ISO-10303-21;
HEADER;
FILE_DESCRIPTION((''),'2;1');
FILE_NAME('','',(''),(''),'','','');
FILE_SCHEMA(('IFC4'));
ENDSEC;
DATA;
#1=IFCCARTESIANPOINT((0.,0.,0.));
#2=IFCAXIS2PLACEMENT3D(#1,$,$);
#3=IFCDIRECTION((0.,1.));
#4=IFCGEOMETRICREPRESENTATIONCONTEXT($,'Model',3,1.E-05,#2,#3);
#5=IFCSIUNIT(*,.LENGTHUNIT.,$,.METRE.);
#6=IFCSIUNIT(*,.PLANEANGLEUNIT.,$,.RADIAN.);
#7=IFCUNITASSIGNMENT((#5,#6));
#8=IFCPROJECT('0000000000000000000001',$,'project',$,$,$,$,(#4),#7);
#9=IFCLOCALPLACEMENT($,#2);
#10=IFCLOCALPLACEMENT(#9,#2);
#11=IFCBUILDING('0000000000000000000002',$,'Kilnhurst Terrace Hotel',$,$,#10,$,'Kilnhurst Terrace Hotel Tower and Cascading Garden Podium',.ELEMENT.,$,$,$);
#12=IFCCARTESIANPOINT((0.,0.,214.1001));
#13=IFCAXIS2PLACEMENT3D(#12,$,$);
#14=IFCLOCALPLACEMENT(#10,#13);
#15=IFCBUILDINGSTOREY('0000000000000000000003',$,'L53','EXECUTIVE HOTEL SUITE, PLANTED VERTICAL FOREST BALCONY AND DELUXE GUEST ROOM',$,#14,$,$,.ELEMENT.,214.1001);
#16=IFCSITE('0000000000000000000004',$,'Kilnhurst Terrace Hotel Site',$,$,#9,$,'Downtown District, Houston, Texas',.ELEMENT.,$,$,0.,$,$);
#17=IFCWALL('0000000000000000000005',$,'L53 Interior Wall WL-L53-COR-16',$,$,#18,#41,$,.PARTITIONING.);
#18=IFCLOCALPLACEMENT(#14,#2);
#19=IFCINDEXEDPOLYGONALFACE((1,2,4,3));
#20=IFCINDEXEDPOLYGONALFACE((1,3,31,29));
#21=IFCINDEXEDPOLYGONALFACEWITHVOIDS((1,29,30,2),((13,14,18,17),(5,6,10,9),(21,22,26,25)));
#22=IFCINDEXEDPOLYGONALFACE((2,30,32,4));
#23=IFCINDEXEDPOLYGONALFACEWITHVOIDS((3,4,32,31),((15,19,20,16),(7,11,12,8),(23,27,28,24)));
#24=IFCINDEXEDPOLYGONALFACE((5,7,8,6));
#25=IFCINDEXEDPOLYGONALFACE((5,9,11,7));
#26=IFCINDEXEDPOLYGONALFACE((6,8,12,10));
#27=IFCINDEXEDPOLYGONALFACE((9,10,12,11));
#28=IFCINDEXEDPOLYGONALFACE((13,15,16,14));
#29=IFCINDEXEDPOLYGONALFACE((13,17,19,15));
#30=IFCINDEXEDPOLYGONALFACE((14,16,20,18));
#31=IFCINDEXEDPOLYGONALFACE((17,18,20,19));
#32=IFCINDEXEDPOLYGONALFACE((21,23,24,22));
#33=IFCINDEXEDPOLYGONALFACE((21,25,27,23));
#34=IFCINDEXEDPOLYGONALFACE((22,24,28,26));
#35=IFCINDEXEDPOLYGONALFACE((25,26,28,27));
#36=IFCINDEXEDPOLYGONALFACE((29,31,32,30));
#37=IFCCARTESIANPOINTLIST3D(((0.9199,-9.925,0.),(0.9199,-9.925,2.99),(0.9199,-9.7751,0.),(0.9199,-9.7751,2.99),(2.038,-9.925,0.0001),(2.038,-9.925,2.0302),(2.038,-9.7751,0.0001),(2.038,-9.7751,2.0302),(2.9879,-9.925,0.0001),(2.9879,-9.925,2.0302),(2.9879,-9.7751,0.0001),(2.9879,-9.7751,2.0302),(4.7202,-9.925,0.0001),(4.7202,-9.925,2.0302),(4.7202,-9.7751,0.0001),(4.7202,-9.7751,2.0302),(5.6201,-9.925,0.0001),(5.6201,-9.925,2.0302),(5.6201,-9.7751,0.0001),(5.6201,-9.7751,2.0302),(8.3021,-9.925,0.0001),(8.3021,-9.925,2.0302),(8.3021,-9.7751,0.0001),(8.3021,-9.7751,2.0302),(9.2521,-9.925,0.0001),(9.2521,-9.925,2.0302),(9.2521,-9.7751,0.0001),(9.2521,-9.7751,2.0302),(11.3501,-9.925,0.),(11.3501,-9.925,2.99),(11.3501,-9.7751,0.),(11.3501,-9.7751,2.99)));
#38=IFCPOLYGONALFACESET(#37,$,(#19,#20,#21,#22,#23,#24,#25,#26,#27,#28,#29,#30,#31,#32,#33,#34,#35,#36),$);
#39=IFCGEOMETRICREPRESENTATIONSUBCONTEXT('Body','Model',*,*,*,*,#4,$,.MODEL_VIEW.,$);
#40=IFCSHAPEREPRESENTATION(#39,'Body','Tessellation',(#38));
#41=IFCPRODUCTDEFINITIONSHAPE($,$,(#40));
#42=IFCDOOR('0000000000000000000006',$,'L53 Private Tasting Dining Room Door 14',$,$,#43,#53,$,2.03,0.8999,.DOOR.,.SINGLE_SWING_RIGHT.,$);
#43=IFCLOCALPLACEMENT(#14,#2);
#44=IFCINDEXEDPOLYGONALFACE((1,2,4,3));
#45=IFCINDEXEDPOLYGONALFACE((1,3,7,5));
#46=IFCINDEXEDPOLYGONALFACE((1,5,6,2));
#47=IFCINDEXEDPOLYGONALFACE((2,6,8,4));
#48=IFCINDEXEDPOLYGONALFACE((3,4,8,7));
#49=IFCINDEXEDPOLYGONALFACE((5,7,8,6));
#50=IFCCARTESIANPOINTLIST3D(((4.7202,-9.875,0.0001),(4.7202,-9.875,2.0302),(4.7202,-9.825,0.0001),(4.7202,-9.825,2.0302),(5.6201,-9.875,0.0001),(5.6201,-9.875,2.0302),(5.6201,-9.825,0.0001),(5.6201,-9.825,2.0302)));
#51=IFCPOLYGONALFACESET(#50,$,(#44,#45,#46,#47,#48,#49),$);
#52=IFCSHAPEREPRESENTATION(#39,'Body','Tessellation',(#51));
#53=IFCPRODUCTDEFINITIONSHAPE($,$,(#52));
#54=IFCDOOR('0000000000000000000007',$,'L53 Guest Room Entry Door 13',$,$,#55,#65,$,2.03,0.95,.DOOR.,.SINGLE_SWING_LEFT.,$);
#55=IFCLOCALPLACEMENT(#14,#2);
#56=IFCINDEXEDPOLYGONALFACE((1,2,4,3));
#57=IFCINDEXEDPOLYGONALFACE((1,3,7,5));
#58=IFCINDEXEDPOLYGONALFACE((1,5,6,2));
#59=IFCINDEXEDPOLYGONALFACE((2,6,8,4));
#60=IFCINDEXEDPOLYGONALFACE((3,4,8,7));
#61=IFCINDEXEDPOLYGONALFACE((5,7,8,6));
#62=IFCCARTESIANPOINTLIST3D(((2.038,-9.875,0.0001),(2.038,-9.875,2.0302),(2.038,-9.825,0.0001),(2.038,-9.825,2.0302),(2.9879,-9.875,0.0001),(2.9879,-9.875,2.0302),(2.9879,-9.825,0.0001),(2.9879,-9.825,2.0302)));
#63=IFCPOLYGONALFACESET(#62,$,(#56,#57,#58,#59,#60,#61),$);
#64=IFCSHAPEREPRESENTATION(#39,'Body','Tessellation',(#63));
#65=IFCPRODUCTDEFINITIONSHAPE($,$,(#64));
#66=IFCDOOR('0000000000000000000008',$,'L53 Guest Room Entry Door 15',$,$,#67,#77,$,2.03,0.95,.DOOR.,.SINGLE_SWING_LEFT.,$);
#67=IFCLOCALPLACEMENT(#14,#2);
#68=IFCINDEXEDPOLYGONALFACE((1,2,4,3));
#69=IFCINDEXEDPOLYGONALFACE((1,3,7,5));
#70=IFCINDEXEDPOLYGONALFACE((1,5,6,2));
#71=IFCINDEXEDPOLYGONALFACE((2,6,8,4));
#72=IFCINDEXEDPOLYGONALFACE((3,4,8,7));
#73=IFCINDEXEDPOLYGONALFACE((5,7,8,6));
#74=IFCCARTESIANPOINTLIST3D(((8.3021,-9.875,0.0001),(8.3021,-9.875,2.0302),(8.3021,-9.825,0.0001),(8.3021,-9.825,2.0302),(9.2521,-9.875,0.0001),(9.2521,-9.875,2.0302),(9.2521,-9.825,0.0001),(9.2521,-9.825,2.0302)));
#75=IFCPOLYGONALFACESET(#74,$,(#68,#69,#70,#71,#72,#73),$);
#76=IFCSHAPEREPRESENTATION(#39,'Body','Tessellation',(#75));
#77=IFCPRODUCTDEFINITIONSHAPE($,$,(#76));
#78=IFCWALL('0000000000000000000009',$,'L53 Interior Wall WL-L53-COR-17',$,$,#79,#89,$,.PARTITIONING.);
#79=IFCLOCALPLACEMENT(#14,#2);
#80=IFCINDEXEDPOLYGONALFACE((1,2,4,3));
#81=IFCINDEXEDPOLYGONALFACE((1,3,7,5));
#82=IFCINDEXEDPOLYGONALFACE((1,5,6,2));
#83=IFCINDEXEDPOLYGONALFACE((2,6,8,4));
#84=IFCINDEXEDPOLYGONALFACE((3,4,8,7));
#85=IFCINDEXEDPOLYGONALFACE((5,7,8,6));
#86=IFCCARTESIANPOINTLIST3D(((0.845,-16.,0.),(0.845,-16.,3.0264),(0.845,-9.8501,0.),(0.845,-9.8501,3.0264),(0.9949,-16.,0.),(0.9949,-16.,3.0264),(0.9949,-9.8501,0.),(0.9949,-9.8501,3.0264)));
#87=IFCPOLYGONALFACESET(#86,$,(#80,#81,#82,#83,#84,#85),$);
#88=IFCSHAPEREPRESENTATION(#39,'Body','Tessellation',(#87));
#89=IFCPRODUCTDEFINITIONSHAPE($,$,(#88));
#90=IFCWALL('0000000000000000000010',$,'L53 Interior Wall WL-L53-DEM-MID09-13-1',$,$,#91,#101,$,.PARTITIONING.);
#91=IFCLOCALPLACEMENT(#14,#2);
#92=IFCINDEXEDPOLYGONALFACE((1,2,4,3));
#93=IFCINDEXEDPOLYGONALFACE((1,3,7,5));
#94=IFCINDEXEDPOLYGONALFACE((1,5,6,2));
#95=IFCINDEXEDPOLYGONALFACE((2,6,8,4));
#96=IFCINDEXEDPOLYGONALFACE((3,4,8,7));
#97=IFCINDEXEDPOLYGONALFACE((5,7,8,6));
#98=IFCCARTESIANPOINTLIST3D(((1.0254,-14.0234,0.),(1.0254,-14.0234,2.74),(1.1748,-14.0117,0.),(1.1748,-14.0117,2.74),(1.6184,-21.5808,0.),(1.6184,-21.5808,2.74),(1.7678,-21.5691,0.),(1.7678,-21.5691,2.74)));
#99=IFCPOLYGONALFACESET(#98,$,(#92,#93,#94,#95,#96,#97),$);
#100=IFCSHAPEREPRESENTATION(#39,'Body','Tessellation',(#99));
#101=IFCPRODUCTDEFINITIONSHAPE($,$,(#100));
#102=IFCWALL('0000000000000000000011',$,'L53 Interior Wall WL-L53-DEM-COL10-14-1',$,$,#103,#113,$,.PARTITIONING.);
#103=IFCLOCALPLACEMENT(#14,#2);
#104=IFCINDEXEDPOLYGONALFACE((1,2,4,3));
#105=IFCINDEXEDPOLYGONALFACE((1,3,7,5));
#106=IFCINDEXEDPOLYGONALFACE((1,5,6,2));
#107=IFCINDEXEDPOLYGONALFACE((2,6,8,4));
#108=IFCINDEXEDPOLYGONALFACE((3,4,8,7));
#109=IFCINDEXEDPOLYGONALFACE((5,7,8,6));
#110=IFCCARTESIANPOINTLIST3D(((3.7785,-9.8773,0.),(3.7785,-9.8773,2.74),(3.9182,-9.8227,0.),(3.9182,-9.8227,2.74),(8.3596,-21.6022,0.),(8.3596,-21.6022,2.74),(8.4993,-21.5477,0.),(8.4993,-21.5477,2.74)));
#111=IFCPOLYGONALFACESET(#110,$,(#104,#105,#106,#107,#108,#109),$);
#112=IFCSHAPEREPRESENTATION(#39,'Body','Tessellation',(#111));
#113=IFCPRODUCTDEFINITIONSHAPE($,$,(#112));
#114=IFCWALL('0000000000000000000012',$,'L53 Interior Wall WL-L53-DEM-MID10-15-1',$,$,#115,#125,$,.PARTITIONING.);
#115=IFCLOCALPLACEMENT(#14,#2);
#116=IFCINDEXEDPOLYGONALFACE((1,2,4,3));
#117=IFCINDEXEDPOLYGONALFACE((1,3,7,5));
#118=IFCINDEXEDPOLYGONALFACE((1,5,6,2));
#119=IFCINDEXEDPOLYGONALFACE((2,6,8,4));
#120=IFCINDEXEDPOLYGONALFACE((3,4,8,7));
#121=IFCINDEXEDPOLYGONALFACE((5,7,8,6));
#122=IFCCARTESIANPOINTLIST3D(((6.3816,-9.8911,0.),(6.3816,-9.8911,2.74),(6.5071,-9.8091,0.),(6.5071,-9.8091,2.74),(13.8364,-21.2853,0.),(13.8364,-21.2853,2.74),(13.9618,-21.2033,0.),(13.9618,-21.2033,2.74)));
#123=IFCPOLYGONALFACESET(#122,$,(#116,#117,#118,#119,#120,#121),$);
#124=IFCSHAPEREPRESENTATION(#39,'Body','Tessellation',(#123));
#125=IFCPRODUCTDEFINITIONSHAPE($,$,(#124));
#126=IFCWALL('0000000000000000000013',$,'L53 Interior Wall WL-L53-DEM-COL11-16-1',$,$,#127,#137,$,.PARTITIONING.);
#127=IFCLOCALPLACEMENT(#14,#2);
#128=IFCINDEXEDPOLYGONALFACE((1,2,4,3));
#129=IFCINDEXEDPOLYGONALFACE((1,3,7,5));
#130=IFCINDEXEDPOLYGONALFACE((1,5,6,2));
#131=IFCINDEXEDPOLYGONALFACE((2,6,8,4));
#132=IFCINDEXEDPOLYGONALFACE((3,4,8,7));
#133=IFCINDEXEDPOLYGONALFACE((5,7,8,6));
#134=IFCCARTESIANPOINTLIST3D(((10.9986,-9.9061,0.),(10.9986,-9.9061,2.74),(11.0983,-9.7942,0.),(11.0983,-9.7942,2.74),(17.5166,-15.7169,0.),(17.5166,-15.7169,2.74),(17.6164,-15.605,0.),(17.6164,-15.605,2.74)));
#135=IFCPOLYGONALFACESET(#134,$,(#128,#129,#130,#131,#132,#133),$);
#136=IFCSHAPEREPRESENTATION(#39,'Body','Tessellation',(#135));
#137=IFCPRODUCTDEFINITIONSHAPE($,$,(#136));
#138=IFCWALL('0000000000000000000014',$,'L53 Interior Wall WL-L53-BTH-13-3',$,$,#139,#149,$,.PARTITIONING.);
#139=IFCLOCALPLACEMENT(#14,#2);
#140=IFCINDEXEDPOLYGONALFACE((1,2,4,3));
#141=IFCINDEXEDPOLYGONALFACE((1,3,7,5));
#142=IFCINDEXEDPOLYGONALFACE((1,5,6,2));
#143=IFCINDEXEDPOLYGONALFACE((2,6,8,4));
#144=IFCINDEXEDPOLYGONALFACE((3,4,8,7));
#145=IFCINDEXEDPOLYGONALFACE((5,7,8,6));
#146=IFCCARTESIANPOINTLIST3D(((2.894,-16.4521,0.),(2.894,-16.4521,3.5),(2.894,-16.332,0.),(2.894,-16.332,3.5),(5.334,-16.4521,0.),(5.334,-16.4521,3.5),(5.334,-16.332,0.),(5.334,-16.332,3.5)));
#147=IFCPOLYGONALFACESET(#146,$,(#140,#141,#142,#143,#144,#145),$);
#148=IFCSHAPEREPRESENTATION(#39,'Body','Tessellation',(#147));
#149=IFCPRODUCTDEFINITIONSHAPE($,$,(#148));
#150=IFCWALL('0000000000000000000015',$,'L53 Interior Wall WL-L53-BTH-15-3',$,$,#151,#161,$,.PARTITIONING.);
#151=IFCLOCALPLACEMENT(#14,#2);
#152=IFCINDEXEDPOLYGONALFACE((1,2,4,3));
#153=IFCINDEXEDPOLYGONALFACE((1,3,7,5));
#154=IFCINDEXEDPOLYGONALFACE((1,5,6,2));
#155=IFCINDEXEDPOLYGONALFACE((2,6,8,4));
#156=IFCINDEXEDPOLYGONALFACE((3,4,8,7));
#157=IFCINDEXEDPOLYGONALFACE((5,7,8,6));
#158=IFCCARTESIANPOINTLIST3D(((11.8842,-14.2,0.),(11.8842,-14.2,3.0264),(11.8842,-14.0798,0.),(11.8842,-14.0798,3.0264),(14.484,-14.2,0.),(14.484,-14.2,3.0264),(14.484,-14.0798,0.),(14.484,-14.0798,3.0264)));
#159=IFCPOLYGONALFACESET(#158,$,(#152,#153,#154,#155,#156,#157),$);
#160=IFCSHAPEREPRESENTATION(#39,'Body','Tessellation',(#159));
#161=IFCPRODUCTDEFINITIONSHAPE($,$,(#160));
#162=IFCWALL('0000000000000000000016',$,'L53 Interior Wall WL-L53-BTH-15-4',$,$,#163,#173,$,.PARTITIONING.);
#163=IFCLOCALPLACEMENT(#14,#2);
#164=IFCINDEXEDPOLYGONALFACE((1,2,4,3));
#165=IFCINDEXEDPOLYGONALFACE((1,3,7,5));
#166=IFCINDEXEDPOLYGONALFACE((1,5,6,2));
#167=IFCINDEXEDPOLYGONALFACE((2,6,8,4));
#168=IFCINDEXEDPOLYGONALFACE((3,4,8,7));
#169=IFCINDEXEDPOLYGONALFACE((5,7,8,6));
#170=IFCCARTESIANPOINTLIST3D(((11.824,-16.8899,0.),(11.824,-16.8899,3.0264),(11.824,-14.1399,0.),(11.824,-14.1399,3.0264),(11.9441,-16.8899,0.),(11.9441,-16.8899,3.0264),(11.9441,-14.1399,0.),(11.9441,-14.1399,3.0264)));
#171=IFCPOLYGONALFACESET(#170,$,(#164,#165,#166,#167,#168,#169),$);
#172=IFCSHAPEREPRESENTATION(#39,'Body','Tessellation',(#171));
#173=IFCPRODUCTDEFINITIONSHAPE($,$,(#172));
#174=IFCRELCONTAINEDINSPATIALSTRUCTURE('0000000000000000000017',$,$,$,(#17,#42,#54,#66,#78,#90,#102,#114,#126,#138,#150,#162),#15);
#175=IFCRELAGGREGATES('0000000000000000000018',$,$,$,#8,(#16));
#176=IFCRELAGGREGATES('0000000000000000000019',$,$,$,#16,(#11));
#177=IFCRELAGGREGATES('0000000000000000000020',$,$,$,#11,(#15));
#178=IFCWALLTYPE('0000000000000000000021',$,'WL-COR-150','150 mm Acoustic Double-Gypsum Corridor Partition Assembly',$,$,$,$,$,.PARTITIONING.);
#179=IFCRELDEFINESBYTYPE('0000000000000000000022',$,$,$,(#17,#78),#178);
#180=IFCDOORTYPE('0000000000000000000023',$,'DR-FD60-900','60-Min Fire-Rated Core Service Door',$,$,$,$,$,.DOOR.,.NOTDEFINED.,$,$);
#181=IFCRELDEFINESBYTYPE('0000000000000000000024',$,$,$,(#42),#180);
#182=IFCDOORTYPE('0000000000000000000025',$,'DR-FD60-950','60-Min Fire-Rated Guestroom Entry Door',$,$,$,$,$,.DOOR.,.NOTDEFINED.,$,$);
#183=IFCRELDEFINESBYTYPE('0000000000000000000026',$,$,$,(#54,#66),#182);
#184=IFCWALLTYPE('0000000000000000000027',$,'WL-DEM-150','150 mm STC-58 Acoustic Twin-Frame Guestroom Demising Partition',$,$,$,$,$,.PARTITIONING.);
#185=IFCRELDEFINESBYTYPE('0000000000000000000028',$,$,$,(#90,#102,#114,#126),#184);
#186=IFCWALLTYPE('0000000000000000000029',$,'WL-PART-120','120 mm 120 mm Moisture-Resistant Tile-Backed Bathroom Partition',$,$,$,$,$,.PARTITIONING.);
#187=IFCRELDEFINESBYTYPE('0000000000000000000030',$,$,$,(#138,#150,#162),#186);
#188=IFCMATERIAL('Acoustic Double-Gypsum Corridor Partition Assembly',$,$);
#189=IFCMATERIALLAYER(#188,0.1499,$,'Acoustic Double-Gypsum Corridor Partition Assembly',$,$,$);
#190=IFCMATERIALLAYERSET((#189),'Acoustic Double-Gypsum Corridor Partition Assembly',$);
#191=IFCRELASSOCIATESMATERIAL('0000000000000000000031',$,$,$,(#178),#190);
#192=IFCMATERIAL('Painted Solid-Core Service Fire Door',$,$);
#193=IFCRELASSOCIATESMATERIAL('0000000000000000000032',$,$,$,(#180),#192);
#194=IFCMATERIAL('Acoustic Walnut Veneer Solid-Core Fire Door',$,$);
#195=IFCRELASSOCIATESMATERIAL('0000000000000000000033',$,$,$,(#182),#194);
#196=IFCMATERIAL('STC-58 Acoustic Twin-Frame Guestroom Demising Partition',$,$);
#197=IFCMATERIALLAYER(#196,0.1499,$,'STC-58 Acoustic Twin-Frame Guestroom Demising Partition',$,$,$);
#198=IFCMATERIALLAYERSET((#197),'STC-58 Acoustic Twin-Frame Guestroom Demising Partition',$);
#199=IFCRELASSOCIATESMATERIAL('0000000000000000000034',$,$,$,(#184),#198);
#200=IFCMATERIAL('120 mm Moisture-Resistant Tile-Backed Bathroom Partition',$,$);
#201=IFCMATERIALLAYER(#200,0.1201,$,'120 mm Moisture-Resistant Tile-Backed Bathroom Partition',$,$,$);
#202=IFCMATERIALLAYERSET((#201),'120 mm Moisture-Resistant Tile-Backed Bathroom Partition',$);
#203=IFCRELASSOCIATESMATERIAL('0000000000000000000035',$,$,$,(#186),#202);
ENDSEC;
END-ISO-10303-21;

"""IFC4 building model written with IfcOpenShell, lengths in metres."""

from ifc_helpers import new_model, si_unit, direction, frame, frame_2d, origin, place, context, subcontext, project, spatial, rectangle, extrude, material, layer, layer_set, type_object, element, fill, save


model = new_model("IFC4")

# Units and contexts
model_context = context("Model", 3, precision=1e-05, world=origin(), true_north=direction((0.0, 1.0)))
body_context = subcontext(model_context, "Body", "Model", "MODEL_VIEW")
ifc_project = project(units=[si_unit("LENGTHUNIT", "METRE"), si_unit("PLANEANGLEUNIT", "RADIAN")], contexts=[model_context])

# Site, building, storey
site_placement = place(None, origin())
site = spatial("IfcSite", under=ifc_project, at=site_placement, Name="Kilnhurst Terrace Hotel Site", LongName="Downtown District, Houston, Texas", CompositionType="ELEMENT", RefElevation=0.0)
building_placement = place(site_placement, origin())
building = spatial("IfcBuilding", under=site, at=building_placement, Name="Kilnhurst Terrace Hotel", LongName="Kilnhurst Terrace Hotel Tower and Cascading Garden Podium", CompositionType="ELEMENT")
storey_placement = place(building_placement, frame((0.0, 0.0, 214.1001)))
storey = spatial("IfcBuildingStorey", under=building, at=storey_placement, Name="L53", Description="EXECUTIVE HOTEL SUITE, PLANTED VERTICAL FOREST BALCONY AND DELUXE GUEST ROOM", CompositionType="ELEMENT", Elevation=214.1001)

# Wall, openings, doors
ifc_material_1 = material(Name="Acoustic Double-Gypsum Corridor Partition Assembly")
ifc_layer_1 = layer(ifc_material_1, 0.1499, Name="Acoustic Double-Gypsum Corridor Partition Assembly")
ifc_layer_set_1 = layer_set([ifc_layer_1], Name="Acoustic Double-Gypsum Corridor Partition Assembly")
wall_type_1 = type_object("IfcWallType", Name="WL-COR-150", Description="150 mm Acoustic Double-Gypsum Corridor Partition Assembly", PredefinedType="PARTITIONING", material=ifc_layer_set_1)
wall_1_placement = place(storey_placement, frame((11.3501, -9.8501, 0.0), z_axis=(0.0, 0.0, 1.0), x_axis=(-1.0, 0.0, 0.0)))
wall_1 = element("IfcWall", 1, at=wall_1_placement, inside=storey, type_object=wall_type_1, Name="L53 Interior Wall WL-L53-COR-16", PredefinedType="PARTITIONING", context=body_context, shape_type="SweptSolid", body=[
    extrude(rectangle(XDim=10.4302, YDim=0.1499, at=frame_2d((5.2151, 0.0))), origin(), (0.0, 0.0, 1.0), 2.99),
])
opening_1_placement = place(wall_1_placement, frame((8.3621, 0.0, 0.0)))
opening_1 = element("IfcOpeningElement", 2, at=opening_1_placement, cuts=wall_1, PredefinedType="OPENING", context=body_context, shape_type="SweptSolid", body=[
    extrude(rectangle(XDim=0.95, YDim=2.03, at=frame_2d((0.4751, 1.0151))), frame((0.0, 0.085, 0.0), z_axis=(0.0, -1.0, 0.0), x_axis=(1.0, 0.0, 0.0)), (0.0, 0.0, 1.0), 0.1699),
])
opening_2_placement = place(wall_1_placement, frame((5.73, 0.0, 0.0)))
opening_2 = element("IfcOpeningElement", 3, at=opening_2_placement, cuts=wall_1, PredefinedType="OPENING", context=body_context, shape_type="SweptSolid", body=[
    extrude(rectangle(XDim=0.8999, YDim=2.03, at=frame_2d((0.45, 1.0151))), frame((0.0, 0.085, 0.0), z_axis=(0.0, -1.0, 0.0), x_axis=(1.0, 0.0, 0.0)), (0.0, 0.0, 1.0), 0.1699),
])
opening_3_placement = place(wall_1_placement, frame((2.0979, 0.0, 0.0)))
opening_3 = element("IfcOpeningElement", 4, at=opening_3_placement, cuts=wall_1, PredefinedType="OPENING", context=body_context, shape_type="SweptSolid", body=[
    extrude(rectangle(XDim=0.95, YDim=2.03, at=frame_2d((0.4751, 1.0151))), frame((0.0, 0.085, 0.0), z_axis=(0.0, -1.0, 0.0), x_axis=(1.0, 0.0, 0.0)), (0.0, 0.0, 1.0), 0.1699),
])
ifc_material_2 = material(Name="Painted Solid-Core Service Fire Door")
door_type_1 = type_object("IfcDoorType", Name="DR-FD60-900", Description="60-Min Fire-Rated Core Service Door", OperationType="NOTDEFINED", PredefinedType="DOOR", material=ifc_material_2)
door_1_placement = place(opening_2_placement, origin())
door_1 = element("IfcDoor", 5, at=door_1_placement, inside=storey, type_object=door_type_1, Name="L53 Private Tasting Dining Room Door 14", OperationType="SINGLE_SWING_RIGHT", OverallHeight=2.03, OverallWidth=0.8999, PredefinedType="DOOR", context=body_context, shape_type="SweptSolid", body=[
    extrude(rectangle(XDim=0.8999, YDim=2.03, at=frame_2d((0.45, 1.0151))), frame((0.0, 0.0249, 0.0), z_axis=(0.0, -1.0, 0.0), x_axis=(1.0, 0.0, 0.0)), (0.0, 0.0, 1.0), 0.05),
])
fill(opening_2, door_1)
ifc_material_3 = material(Name="Acoustic Walnut Veneer Solid-Core Fire Door")
door_type_2 = type_object("IfcDoorType", Name="DR-FD60-950", Description="60-Min Fire-Rated Guestroom Entry Door", OperationType="NOTDEFINED", PredefinedType="DOOR", material=ifc_material_3)
door_2_placement = place(opening_1_placement, origin())
door_2 = element("IfcDoor", 6, at=door_2_placement, inside=storey, type_object=door_type_2, Name="L53 Guest Room Entry Door 13", OperationType="SINGLE_SWING_LEFT", OverallHeight=2.03, OverallWidth=0.95, PredefinedType="DOOR", context=body_context, shape_type="SweptSolid", body=[
    extrude(rectangle(XDim=0.95, YDim=2.03, at=frame_2d((0.4751, 1.0151))), frame((0.0, 0.0249, 0.0), z_axis=(0.0, -1.0, 0.0), x_axis=(1.0, 0.0, 0.0)), (0.0, 0.0, 1.0), 0.05),
])
fill(opening_1, door_2)
door_3_placement = place(opening_3_placement, origin())
door_3 = element("IfcDoor", 7, at=door_3_placement, inside=storey, type_object=door_type_2, Name="L53 Guest Room Entry Door 15", OperationType="SINGLE_SWING_LEFT", OverallHeight=2.03, OverallWidth=0.95, PredefinedType="DOOR", context=body_context, shape_type="SweptSolid", body=[
    extrude(rectangle(XDim=0.95, YDim=2.03, at=frame_2d((0.4751, 1.0151))), frame((0.0, 0.0249, 0.0), z_axis=(0.0, -1.0, 0.0), x_axis=(1.0, 0.0, 0.0)), (0.0, 0.0, 1.0), 0.05),
])
fill(opening_3, door_3)

# Walls
wall_2_placement = place(storey_placement, frame((0.9199, -9.8501, 0.0), z_axis=(0.0, 0.0, 1.0), x_axis=(0.0, -1.0, 0.0)))
element("IfcWall", 8, at=wall_2_placement, inside=storey, type_object=wall_type_1, Name="L53 Interior Wall WL-L53-COR-17", PredefinedType="PARTITIONING", context=body_context, shape_type="SweptSolid", body=[
    extrude(rectangle(XDim=6.1499, YDim=0.1499, at=frame_2d((3.075, 0.0))), origin(), (0.0, 0.0, 1.0), 3.0264),
])
ifc_material_4 = material(Name="STC-58 Acoustic Twin-Frame Guestroom Demising Partition")
ifc_layer_2 = layer(ifc_material_4, 0.1499, Name="STC-58 Acoustic Twin-Frame Guestroom Demising Partition")
ifc_layer_set_2 = layer_set([ifc_layer_2], Name="STC-58 Acoustic Twin-Frame Guestroom Demising Partition")
wall_type_2 = type_object("IfcWallType", Name="WL-DEM-150", Description="150 mm STC-58 Acoustic Twin-Frame Guestroom Demising Partition", PredefinedType="PARTITIONING", material=ifc_layer_set_2)
wall_3_placement = place(storey_placement, frame((1.1001, -14.0176, 0.0), z_axis=(0.0, 0.0, 1.0), x_axis=(0.078228, -0.996935, 0.0)))
element("IfcWall", 9, at=wall_3_placement, inside=storey, type_object=wall_type_2, Name="L53 Interior Wall WL-L53-DEM-MID09-13-1", PredefinedType="PARTITIONING", context=body_context, shape_type="SweptSolid", body=[
    extrude(rectangle(XDim=7.5806, YDim=0.1499, at=frame_2d((3.7903, 0.0))), origin(), (0.0, 0.0, 1.0), 2.74),
])
wall_4_placement = place(storey_placement, frame((3.8484, -9.8501, 0.0), z_axis=(0.0, 0.0, 1.0), x_axis=(0.363922, -0.93143, 0.0)))
element("IfcWall", 10, at=wall_4_placement, inside=storey, type_object=wall_type_2, Name="L53 Interior Wall WL-L53-DEM-COL10-14-1", PredefinedType="PARTITIONING", context=body_context, shape_type="SweptSolid", body=[
    extrude(rectangle(XDim=12.5881, YDim=0.1499, at=frame_2d((6.2939, 0.0))), origin(), (0.0, 0.0, 1.0), 2.74),
])
wall_5_placement = place(storey_placement, frame((6.4443, -9.8501, 0.0), z_axis=(0.0, 0.0, 1.0), x_axis=(0.547492, -0.836811, 0.0)))
element("IfcWall", 11, at=wall_5_placement, inside=storey, type_object=wall_type_2, Name="L53 Interior Wall WL-L53-DEM-MID10-15-1", PredefinedType="PARTITIONING", context=body_context, shape_type="SweptSolid", body=[
    extrude(rectangle(XDim=13.6162, YDim=0.1499, at=frame_2d((6.8081, 0.0))), origin(), (0.0, 0.0, 1.0), 2.74),
])
wall_6_placement = place(storey_placement, frame((11.0483, -9.8501, 0.0), z_axis=(0.0, 0.0, 1.0), x_axis=(0.746444, -0.665448, 0.0)))
element("IfcWall", 12, at=wall_6_placement, inside=storey, type_object=wall_type_2, Name="L53 Interior Wall WL-L53-DEM-COL11-16-1", PredefinedType="PARTITIONING", context=body_context, shape_type="SweptSolid", body=[
    extrude(rectangle(XDim=8.7322, YDim=0.1499, at=frame_2d((4.3662, 0.0))), origin(), (0.0, 0.0, 1.0), 2.74),
])
ifc_material_5 = material(Name="120 mm Moisture-Resistant Tile-Backed Bathroom Partition")
ifc_layer_3 = layer(ifc_material_5, 0.1201, Name="120 mm Moisture-Resistant Tile-Backed Bathroom Partition")
ifc_layer_set_3 = layer_set([ifc_layer_3], Name="120 mm Moisture-Resistant Tile-Backed Bathroom Partition")
wall_type_3 = type_object("IfcWallType", Name="WL-PART-120", Description="120 mm 120 mm Moisture-Resistant Tile-Backed Bathroom Partition", PredefinedType="PARTITIONING", material=ifc_layer_set_3)
wall_7_placement = place(storey_placement, frame((5.334, -16.3921, 0.0), z_axis=(0.0, 0.0, 1.0), x_axis=(-1.0, 0.0, 0.0)))
element("IfcWall", 13, at=wall_7_placement, inside=storey, type_object=wall_type_3, Name="L53 Interior Wall WL-L53-BTH-13-3", PredefinedType="PARTITIONING", context=body_context, shape_type="SweptSolid", body=[
    extrude(rectangle(XDim=2.4399, YDim=0.1201, at=frame_2d((1.22, 0.0))), origin(), (0.0, 0.0, 1.0), 3.5),
])
wall_8_placement = place(storey_placement, frame((14.4839, -14.1399, 0.0), z_axis=(0.0, 0.0, 1.0), x_axis=(-1.0, 0.0, 0.0)))
element("IfcWall", 14, at=wall_8_placement, inside=storey, type_object=wall_type_3, Name="L53 Interior Wall WL-L53-BTH-15-3", PredefinedType="PARTITIONING", context=body_context, shape_type="SweptSolid", body=[
    extrude(rectangle(XDim=2.5999, YDim=0.1201, at=frame_2d((1.2998, 0.0))), origin(), (0.0, 0.0, 1.0), 3.0264),
])
wall_9_placement = place(storey_placement, frame((11.884, -14.1399, 0.0), z_axis=(0.0, 0.0, 1.0), x_axis=(0.0, -1.0, 0.0)))
element("IfcWall", 15, at=wall_9_placement, inside=storey, type_object=wall_type_3, Name="L53 Interior Wall WL-L53-BTH-15-4", PredefinedType="PARTITIONING", context=body_context, shape_type="SweptSolid", body=[
    extrude(rectangle(XDim=2.75, YDim=0.1201, at=frame_2d((1.375, 0.0))), origin(), (0.0, 0.0, 1.0), 3.0264),
])

save(model, "model.ifc")
